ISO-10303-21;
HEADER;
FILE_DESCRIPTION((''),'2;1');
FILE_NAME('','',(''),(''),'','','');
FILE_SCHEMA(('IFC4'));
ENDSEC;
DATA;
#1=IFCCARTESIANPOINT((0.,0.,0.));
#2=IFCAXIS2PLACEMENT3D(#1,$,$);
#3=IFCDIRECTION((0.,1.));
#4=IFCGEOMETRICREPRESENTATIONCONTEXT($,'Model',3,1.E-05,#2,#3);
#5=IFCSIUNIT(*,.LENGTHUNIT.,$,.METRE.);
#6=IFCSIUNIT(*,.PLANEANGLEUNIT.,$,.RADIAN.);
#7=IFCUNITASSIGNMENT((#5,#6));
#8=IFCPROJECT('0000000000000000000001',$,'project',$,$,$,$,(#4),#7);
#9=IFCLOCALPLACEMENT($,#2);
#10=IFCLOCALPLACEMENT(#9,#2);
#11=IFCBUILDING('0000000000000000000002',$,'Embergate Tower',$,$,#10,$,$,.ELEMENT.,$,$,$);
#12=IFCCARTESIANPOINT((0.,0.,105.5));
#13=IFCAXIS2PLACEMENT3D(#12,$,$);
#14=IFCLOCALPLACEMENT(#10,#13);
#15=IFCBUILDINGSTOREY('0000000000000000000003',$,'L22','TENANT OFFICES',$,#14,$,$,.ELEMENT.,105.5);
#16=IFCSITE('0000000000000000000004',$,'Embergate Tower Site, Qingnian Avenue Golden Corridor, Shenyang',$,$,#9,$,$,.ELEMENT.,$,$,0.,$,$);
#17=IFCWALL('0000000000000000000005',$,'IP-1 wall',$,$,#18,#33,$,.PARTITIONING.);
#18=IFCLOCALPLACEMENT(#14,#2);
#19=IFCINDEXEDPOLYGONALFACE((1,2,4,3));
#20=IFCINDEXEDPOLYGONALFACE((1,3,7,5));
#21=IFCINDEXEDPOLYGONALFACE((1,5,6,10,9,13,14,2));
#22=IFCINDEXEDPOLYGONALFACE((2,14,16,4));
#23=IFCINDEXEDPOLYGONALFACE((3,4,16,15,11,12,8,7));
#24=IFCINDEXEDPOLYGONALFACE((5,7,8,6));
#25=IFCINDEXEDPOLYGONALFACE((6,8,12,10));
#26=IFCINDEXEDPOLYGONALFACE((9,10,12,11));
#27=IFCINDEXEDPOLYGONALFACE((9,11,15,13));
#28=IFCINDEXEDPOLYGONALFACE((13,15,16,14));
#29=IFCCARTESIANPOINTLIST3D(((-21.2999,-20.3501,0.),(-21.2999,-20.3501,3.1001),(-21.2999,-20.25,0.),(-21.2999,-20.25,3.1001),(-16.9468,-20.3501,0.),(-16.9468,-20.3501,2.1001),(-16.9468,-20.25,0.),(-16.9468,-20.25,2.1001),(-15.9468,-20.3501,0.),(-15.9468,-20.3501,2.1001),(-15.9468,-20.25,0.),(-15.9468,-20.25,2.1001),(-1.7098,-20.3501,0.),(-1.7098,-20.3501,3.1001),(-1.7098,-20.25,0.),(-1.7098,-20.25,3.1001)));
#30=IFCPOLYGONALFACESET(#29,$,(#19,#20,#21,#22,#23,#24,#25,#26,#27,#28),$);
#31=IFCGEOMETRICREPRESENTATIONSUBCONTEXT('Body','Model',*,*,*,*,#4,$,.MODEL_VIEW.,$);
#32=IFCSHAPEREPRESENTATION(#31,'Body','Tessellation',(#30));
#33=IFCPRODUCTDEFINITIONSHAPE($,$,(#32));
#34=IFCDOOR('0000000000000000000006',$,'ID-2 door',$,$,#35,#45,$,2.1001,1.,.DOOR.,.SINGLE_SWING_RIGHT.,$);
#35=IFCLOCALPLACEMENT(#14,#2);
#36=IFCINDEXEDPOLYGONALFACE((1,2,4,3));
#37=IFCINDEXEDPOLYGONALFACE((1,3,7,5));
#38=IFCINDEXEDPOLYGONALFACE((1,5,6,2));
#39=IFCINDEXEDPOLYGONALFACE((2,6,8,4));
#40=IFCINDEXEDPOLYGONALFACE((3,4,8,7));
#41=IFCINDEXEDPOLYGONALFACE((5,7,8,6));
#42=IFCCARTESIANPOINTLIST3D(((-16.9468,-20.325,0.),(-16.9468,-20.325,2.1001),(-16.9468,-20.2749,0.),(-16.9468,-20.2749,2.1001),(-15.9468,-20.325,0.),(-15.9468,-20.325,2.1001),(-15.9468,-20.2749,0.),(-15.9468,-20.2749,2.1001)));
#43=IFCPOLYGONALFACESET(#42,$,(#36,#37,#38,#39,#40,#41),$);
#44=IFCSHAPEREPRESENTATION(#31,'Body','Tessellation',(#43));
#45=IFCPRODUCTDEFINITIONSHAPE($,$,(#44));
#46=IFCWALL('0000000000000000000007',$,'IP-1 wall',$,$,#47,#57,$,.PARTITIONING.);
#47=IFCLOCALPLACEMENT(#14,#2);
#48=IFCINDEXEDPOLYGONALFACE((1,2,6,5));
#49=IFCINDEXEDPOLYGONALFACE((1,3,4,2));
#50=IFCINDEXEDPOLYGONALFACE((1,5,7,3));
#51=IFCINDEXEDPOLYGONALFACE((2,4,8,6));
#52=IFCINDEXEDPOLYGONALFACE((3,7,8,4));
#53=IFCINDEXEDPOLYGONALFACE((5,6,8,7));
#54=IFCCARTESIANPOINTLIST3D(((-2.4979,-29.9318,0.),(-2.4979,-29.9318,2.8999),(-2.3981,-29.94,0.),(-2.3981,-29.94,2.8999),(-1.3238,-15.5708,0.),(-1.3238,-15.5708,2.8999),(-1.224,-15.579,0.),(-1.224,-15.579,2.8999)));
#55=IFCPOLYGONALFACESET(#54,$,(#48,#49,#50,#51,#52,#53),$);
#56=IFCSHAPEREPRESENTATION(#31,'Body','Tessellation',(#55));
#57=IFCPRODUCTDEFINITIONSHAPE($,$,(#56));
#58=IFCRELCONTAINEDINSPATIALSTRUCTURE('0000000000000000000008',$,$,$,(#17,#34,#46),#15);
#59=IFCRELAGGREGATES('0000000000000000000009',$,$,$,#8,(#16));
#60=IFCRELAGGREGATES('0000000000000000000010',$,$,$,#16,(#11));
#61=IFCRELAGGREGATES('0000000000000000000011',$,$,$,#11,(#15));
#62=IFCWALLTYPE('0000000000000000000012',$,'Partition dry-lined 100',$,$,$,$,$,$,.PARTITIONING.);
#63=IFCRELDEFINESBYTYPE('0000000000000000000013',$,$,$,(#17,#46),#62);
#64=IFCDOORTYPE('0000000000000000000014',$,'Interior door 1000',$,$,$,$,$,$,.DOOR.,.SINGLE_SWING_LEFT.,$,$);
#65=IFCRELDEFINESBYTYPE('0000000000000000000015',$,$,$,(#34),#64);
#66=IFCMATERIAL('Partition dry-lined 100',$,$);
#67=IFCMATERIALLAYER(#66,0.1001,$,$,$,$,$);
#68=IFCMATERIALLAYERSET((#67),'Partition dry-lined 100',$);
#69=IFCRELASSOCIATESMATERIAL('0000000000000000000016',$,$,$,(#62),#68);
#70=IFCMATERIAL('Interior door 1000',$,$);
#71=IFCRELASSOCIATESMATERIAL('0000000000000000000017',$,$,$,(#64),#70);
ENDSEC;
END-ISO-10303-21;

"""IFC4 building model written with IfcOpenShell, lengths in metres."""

from ifc_helpers import new_model, si_unit, direction, frame, frame_2d, origin, place, context, subcontext, project, spatial, rectangle, extrude, source, transform, mapped, material, layer, layer_set, type_object, element, fill, save


model = new_model("IFC4")

# Units and contexts
model_context = context("Model", 3, precision=1e-05, world=origin(), true_north=direction((0.0, 1.0)))
body_context = subcontext(model_context, "Body", "Model", "MODEL_VIEW")
ifc_project = project(units=[si_unit("LENGTHUNIT", "METRE"), si_unit("PLANEANGLEUNIT", "RADIAN")], contexts=[model_context])

# Site, building, storey
site_placement = place(None, origin())
site = spatial("IfcSite", under=ifc_project, at=site_placement, Name="Embergate Tower Site, Qingnian Avenue Golden Corridor, Shenyang", CompositionType="ELEMENT", RefElevation=0.0)
building_placement = place(site_placement, origin())
building = spatial("IfcBuilding", under=site, at=building_placement, Name="Embergate Tower", CompositionType="ELEMENT")
storey_placement = place(building_placement, frame((0.0, 0.0, 105.5)))
storey = spatial("IfcBuildingStorey", under=building, at=storey_placement, Name="L22", Description="TENANT OFFICES", CompositionType="ELEMENT", Elevation=105.5)

# Shared definitions
ifc_material_1 = material(Name="Partition dry-lined 100")
ifc_layer_1 = layer(ifc_material_1, 0.1001)
ifc_layer_set_1 = layer_set([ifc_layer_1], Name="Partition dry-lined 100")
wall_type = type_object("IfcWallType", Name="Partition dry-lined 100", PredefinedType="PARTITIONING", material=ifc_layer_set_1)

# Wall, opening, door
shared_shape_1 = source(origin(), body_context, "Body", "SweptSolid", [
    extrude(rectangle(XDim=19.5901, YDim=0.1001, at=frame_2d((9.7949, 0.0))), origin(), (0.0, 0.0, 1.0), 3.1001),
])
wall_1_placement = place(storey_placement, frame((-1.71, -20.3, 0.0), z_axis=(0.0, 0.0, 1.0), x_axis=(-1.0, 0.0, 0.0)))
wall_1 = element("IfcWall", 1, at=wall_1_placement, inside=storey, type_object=wall_type, Name="IP-1 wall", PredefinedType="PARTITIONING", context=body_context, shape_type="MappedRepresentation", body=[
    mapped(shared_shape_1, transform((0.0, 0.0, 0.0))),
])
shared_shape_2 = source(origin(), body_context, "Body", "SweptSolid", [
    extrude(rectangle(XDim=1.0, YDim=2.1001, at=frame_2d((0.5, 1.05))), frame((0.0, 0.0601, 0.0), z_axis=(0.0, -1.0, 0.0), x_axis=(1.0, 0.0, 0.0)), (0.0, 0.0, 1.0), 0.1201),
])
opening_placement = place(wall_1_placement, frame((14.2368, 0.0, 0.0)))
opening = element("IfcOpeningElement", 2, at=opening_placement, cuts=wall_1, PredefinedType="OPENING", context=body_context, shape_type="MappedRepresentation", body=[
    mapped(shared_shape_2, transform((0.0, 0.0, 0.0))),
])
ifc_material_2 = material(Name="Interior door 1000")
door_type = type_object("IfcDoorType", Name="Interior door 1000", OperationType="SINGLE_SWING_LEFT", PredefinedType="DOOR", material=ifc_material_2)
shared_shape_3 = source(origin(), body_context, "Body", "SweptSolid", [
    extrude(rectangle(XDim=1.0, YDim=2.1001, at=frame_2d((0.5, 1.05))), frame((0.0, 0.0249, 0.0), z_axis=(0.0, -1.0, 0.0), x_axis=(1.0, 0.0, 0.0)), (0.0, 0.0, 1.0), 0.05),
])
door_placement = place(opening_placement, origin())
door = element("IfcDoor", 3, at=door_placement, inside=storey, type_object=door_type, Name="ID-2 door", OperationType="SINGLE_SWING_RIGHT", OverallHeight=2.1001, OverallWidth=1.0, PredefinedType="DOOR", context=body_context, shape_type="MappedRepresentation", body=[
    mapped(shared_shape_3, transform((0.0, 0.0, 0.0))),
])
fill(opening, door)

# Wall
shared_shape_4 = source(origin(), body_context, "Body", "SweptSolid", [
    extrude(rectangle(XDim=14.4089, YDim=0.1001, at=frame_2d((7.2046, 0.0))), origin(), (0.0, 0.0, 1.0), 2.8999),
])
wall_2_placement = place(storey_placement, frame((-2.448, -29.936, 0.0), z_axis=(0.0, 0.0, 1.0), x_axis=(0.081482, 0.996675, 0.0)))
element("IfcWall", 4, at=wall_2_placement, inside=storey, type_object=wall_type, Name="IP-1 wall", PredefinedType="PARTITIONING", context=body_context, shape_type="MappedRepresentation", body=[
    mapped(shared_shape_4, transform((0.0, 0.0, 0.0))),
])

save(model, "model.ifc")
